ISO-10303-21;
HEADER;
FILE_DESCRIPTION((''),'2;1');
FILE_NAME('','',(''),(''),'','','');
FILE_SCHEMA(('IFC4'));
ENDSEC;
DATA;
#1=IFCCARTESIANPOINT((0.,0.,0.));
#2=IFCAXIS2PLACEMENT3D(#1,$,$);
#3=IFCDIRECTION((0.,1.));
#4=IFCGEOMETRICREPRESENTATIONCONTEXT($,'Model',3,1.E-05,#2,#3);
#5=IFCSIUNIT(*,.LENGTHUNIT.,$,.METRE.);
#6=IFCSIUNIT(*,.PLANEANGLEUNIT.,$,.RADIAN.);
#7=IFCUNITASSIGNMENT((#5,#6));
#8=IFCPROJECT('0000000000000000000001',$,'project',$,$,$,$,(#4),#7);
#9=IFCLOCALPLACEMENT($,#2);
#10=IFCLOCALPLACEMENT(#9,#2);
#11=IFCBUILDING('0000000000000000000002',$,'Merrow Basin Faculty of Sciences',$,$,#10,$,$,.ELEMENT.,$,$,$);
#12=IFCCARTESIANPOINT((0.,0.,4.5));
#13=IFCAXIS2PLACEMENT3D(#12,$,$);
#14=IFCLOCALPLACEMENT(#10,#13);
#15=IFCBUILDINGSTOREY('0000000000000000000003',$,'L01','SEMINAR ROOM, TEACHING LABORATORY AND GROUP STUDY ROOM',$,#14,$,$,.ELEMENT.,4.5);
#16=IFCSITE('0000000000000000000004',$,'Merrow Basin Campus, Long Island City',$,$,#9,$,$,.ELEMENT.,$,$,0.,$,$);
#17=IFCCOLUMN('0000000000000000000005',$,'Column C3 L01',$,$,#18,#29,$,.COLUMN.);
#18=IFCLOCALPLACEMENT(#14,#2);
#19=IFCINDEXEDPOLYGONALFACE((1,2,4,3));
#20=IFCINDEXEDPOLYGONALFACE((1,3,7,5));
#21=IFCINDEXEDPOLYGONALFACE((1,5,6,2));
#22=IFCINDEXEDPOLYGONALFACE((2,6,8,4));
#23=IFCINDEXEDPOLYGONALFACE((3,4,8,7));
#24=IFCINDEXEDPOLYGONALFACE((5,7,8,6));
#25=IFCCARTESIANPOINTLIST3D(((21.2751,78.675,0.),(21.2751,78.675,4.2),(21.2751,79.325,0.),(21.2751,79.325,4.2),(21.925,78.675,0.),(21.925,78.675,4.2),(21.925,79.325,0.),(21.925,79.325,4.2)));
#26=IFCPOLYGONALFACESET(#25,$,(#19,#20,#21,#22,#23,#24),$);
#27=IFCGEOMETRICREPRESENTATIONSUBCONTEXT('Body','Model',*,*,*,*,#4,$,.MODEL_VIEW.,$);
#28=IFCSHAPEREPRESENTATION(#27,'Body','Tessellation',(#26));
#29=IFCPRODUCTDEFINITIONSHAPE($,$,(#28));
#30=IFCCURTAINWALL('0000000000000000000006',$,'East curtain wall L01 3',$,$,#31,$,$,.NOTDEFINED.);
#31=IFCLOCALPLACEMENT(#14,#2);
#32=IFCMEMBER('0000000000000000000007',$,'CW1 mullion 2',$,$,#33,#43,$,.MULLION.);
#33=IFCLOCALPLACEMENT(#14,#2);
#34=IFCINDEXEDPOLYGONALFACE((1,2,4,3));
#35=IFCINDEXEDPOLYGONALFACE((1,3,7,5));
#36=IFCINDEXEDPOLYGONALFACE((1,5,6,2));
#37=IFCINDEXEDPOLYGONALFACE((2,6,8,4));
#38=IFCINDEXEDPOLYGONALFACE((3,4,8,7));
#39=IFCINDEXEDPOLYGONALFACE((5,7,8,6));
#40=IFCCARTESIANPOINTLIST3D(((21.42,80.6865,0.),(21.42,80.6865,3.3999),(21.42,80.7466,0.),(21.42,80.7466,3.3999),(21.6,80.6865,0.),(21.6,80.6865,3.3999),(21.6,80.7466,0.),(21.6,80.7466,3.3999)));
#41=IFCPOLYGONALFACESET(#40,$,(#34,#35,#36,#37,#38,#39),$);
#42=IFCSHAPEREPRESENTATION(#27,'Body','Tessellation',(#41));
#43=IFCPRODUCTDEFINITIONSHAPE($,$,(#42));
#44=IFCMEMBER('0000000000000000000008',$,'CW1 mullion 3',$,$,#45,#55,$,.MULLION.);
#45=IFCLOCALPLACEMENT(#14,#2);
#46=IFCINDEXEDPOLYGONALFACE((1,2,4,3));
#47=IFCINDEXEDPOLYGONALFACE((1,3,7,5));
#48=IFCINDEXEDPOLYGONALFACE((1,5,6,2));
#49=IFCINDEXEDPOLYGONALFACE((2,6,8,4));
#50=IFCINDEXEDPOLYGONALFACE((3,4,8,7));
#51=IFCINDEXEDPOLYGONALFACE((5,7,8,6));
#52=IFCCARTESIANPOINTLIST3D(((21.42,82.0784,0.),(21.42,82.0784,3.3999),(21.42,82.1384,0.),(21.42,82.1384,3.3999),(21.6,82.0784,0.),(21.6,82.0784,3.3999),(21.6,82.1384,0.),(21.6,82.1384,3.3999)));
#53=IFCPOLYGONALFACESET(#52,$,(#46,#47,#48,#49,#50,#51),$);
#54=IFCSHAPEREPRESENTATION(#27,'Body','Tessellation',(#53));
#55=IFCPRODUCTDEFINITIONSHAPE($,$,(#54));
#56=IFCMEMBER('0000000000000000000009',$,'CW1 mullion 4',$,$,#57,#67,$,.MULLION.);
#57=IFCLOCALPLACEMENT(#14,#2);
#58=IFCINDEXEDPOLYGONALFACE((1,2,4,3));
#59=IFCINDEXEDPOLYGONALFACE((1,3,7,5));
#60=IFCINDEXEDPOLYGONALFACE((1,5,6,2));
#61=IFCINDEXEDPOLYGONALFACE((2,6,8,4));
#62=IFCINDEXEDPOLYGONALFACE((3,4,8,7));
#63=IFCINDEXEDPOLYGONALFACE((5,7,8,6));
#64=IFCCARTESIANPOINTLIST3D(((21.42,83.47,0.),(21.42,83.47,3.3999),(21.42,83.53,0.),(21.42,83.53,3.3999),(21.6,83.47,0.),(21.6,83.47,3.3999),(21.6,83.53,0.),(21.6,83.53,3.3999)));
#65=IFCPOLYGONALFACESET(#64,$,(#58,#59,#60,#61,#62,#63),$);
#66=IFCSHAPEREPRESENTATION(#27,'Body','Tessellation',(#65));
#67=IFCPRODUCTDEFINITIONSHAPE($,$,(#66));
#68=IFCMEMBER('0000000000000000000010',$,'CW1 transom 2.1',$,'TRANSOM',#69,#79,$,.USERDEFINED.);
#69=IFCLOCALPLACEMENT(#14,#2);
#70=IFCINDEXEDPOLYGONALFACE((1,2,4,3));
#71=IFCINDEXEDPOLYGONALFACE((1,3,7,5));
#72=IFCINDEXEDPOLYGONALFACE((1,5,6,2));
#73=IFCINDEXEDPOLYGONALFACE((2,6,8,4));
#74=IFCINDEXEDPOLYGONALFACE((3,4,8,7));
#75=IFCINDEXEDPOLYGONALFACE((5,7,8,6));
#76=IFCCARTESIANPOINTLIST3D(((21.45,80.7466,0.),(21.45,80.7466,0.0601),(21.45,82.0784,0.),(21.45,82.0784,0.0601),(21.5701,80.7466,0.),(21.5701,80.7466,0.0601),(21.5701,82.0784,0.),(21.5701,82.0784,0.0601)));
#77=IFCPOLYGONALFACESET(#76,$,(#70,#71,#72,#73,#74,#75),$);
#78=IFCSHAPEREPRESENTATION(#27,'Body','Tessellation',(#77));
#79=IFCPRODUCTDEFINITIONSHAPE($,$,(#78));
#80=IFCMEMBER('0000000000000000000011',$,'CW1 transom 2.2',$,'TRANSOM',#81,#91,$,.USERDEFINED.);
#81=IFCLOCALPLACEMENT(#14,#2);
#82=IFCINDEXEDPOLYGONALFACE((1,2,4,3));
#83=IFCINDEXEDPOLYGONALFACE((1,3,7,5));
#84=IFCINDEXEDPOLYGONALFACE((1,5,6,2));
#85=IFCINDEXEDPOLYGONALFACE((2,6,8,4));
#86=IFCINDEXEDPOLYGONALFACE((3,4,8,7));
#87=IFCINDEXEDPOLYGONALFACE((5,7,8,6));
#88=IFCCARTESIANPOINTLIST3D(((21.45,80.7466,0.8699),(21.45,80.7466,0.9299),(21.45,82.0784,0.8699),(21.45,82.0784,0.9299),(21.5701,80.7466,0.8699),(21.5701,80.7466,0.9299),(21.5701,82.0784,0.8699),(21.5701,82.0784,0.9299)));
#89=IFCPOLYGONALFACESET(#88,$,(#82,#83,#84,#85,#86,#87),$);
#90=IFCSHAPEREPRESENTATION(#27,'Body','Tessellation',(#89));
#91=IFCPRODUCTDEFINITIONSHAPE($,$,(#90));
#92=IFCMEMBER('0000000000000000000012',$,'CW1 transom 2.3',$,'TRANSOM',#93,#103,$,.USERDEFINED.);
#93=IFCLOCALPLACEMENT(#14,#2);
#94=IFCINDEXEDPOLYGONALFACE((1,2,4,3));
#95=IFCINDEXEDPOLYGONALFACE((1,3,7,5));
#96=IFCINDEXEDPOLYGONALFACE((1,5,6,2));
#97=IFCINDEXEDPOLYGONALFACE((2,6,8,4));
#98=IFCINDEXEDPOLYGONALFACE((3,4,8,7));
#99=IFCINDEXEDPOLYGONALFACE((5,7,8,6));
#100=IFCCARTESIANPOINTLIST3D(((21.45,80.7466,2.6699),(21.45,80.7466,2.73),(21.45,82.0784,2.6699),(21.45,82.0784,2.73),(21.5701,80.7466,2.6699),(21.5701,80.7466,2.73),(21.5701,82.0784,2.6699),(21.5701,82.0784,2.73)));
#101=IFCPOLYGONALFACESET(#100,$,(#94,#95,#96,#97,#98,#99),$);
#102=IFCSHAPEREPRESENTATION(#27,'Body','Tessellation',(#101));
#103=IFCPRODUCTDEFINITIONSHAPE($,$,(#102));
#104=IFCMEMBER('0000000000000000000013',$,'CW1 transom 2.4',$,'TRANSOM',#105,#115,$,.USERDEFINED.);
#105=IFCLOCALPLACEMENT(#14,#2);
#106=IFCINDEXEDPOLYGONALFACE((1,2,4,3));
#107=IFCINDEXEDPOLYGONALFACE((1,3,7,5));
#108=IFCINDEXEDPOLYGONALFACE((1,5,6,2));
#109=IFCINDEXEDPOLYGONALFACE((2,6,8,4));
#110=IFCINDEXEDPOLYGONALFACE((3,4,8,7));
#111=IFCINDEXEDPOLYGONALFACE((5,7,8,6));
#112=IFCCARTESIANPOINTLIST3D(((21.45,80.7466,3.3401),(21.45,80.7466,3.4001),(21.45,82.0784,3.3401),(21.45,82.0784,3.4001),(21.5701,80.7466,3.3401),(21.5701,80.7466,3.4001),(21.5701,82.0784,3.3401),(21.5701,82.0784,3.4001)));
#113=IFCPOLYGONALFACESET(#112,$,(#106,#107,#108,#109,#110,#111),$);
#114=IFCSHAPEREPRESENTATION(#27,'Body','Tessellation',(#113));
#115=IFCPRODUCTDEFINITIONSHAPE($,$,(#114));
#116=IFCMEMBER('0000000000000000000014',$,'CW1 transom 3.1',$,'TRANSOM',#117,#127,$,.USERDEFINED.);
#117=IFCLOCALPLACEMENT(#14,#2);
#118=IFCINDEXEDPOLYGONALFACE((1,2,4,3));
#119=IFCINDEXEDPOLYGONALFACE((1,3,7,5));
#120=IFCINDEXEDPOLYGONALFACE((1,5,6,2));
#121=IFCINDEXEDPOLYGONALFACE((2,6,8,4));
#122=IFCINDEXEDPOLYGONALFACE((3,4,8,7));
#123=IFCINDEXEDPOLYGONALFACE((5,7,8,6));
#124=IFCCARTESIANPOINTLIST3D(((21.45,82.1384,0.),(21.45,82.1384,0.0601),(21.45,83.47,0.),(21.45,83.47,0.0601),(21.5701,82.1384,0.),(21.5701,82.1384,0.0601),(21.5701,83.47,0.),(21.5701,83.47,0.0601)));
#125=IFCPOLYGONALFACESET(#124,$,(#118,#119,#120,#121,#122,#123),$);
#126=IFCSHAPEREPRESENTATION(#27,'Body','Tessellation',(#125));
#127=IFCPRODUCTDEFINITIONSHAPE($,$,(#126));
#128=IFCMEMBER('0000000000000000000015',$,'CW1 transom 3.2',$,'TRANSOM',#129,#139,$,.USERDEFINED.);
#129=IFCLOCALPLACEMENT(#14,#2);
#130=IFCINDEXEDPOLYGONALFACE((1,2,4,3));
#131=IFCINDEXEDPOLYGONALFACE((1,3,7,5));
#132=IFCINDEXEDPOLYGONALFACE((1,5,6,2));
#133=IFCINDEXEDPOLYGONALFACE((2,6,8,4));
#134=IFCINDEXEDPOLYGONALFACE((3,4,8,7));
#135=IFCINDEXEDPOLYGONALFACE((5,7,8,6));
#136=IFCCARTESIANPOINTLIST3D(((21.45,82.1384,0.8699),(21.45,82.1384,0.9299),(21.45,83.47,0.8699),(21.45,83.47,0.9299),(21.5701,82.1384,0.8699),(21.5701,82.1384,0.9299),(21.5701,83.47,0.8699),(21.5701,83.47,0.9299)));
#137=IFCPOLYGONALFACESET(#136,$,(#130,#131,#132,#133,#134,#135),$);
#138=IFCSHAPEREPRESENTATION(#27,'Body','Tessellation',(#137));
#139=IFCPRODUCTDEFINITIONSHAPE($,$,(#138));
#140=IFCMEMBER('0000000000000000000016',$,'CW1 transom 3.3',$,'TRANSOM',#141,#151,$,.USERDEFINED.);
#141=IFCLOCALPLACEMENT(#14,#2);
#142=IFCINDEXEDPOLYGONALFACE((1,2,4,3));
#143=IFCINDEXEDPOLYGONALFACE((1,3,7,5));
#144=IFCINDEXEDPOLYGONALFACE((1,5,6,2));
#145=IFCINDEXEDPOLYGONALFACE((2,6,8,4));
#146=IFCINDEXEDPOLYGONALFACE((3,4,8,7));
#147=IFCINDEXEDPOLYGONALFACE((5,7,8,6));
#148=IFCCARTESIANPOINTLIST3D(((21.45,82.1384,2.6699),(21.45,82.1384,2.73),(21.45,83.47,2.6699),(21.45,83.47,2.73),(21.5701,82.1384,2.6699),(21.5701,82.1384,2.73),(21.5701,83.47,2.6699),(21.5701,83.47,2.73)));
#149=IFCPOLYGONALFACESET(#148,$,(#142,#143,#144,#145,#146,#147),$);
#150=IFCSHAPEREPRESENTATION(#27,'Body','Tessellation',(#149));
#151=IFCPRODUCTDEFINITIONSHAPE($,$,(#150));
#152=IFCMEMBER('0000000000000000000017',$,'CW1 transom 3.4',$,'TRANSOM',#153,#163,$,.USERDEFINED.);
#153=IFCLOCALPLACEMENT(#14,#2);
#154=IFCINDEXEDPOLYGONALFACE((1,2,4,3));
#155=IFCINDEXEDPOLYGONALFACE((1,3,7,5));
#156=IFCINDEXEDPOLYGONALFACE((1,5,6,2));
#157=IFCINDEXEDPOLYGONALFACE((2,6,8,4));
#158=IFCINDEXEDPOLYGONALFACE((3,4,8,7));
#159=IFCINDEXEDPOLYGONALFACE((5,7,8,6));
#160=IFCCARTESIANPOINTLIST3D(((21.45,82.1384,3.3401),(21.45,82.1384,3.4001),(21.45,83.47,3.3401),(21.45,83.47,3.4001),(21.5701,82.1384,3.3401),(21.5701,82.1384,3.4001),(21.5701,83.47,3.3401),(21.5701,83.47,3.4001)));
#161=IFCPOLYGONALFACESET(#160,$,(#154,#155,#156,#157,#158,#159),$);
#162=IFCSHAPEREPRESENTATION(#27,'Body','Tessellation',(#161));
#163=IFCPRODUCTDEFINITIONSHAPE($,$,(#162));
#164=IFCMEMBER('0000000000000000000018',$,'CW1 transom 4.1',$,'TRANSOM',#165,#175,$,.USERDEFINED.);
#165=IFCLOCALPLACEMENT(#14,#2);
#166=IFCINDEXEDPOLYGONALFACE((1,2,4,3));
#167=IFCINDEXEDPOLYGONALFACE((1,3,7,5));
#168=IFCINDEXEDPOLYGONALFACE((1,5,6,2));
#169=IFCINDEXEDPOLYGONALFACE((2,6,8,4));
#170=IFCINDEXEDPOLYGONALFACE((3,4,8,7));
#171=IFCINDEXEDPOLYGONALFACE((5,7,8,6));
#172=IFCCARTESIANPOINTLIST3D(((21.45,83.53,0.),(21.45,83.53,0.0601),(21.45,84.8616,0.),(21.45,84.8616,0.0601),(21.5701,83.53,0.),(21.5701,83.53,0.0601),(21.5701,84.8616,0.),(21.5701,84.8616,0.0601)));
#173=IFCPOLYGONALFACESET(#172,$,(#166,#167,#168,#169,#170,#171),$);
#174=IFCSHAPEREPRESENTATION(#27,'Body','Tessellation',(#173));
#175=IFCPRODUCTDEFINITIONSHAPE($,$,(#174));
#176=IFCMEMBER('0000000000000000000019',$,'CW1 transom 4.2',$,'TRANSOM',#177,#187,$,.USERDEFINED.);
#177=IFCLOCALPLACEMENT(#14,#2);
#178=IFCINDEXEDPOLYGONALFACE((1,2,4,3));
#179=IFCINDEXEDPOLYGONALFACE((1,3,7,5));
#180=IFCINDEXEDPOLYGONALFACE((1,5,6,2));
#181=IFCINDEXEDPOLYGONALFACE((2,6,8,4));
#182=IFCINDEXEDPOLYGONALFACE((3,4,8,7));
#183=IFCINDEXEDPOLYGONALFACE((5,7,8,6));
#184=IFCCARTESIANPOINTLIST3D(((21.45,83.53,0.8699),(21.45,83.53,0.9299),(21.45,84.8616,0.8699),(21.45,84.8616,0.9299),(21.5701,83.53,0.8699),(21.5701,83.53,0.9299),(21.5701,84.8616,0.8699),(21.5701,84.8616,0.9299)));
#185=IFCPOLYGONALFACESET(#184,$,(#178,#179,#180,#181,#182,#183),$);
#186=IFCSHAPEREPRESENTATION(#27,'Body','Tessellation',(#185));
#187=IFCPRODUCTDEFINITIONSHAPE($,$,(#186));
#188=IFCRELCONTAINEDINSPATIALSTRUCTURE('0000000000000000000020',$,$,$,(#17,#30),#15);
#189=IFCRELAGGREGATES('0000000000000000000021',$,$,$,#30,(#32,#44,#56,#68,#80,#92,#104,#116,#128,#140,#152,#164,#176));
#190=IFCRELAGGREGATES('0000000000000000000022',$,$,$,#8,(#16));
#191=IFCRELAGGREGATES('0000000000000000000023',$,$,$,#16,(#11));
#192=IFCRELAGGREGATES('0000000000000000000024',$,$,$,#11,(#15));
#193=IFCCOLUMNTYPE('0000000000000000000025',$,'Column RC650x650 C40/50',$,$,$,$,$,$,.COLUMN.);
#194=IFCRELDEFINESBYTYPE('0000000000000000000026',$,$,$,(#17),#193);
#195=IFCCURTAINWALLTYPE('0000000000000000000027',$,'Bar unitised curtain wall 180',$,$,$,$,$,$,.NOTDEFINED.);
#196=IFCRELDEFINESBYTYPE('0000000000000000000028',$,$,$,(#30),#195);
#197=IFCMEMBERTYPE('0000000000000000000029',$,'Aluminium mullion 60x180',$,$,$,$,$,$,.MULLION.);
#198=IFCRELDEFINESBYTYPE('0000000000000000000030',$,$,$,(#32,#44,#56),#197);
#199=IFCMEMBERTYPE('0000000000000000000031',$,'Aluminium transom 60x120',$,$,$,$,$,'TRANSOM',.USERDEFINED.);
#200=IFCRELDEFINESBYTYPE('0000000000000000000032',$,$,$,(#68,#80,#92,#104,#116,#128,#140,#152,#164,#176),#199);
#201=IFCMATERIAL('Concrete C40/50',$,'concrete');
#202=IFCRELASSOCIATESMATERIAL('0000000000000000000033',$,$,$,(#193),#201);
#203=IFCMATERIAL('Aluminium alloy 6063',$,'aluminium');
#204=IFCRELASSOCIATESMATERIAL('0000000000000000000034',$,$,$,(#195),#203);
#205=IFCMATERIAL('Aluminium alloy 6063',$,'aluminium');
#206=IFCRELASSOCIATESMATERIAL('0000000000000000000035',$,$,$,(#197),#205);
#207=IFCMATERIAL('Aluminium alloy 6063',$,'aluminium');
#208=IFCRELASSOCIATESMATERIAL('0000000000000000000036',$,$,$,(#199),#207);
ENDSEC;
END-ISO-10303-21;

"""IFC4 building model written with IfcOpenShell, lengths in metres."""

from ifc_helpers import new_model, si_unit, direction, frame, origin, origin_2d, place, context, subcontext, project, spatial, rectangle, extrude, material, material_profile, profile_set, type_object, element, aggregate, save


model = new_model("IFC4")

# Units and contexts
model_context = context("Model", 3, precision=1e-05, world=origin(), true_north=direction((0.0, 1.0)))
body_context = subcontext(model_context, "Body", "Model", "MODEL_VIEW")
ifc_project = project(units=[si_unit("LENGTHUNIT", "METRE"), si_unit("PLANEANGLEUNIT", "RADIAN")], contexts=[model_context])

# Site, building, storey
site_placement = place(None, origin())
site = spatial("IfcSite", under=ifc_project, at=site_placement, Name="Merrow Basin Campus, Long Island City", CompositionType="ELEMENT", RefElevation=0.0)
building_placement = place(site_placement, origin())
building = spatial("IfcBuilding", under=site, at=building_placement, Name="Merrow Basin Faculty of Sciences", CompositionType="ELEMENT")
storey_placement = place(building_placement, frame((0.0, 0.0, 4.5)))
storey = spatial("IfcBuildingStorey", under=building, at=storey_placement, Name="L01", Description="SEMINAR ROOM, TEACHING LABORATORY AND GROUP STUDY ROOM", CompositionType="ELEMENT", Elevation=4.5)

# Column
ifc_material_1 = material(Name="Concrete C40/50", Category="concrete")
ifc_material_profile_1 = material_profile(ifc_material_1, rectangle(XDim=0.6499, YDim=0.6499, at=origin_2d()))
ifc_profile_set_1 = profile_set([ifc_material_profile_1], Name="Concrete C40/50")
column_type = type_object("IfcColumnType", Name="Column RC650x650 C40/50", PredefinedType="COLUMN", material=ifc_profile_set_1)
column_placement = place(storey_placement, frame((21.6001, 79.0, 0.0), z_axis=(0.0, 0.0, 1.0), x_axis=(1.0, 0.0, 0.0)))
element("IfcColumn", 1, at=column_placement, inside=storey, type_object=column_type, Name="Column C3 L01", PredefinedType="COLUMN", context=body_context, shape_type="SweptSolid", body=[
    extrude(rectangle(XDim=0.6499, YDim=0.6499, at=origin_2d()), origin(), (0.0, 0.0, 1.0), 4.2),
])

# Curtain wall, members
ifc_material_2 = material(Name="Aluminium alloy 6063", Category="aluminium")
curtain_wall_type = type_object("IfcCurtainWallType", Name="Bar unitised curtain wall 180", PredefinedType="NOTDEFINED", material=ifc_material_2)
curtain_wall_placement = place(storey_placement, origin())
curtain_wall = element("IfcCurtainWall", 2, at=curtain_wall_placement, inside=storey, type_object=curtain_wall_type, Name="East curtain wall L01 3", PredefinedType="NOTDEFINED")
ifc_material_3 = material(Name="Aluminium alloy 6063", Category="aluminium")
ifc_material_profile_2 = material_profile(ifc_material_3, rectangle(XDim=0.1799, YDim=0.0601, at=origin_2d()))
ifc_profile_set_2 = profile_set([ifc_material_profile_2], Name="Aluminium alloy 6063")
member_type_1 = type_object("IfcMemberType", Name="Aluminium mullion 60x180", PredefinedType="MULLION", material=ifc_profile_set_2)
member_1_placement = place(storey_placement, frame((21.51, 80.7166, 0.0), z_axis=(0.0, 0.0, 1.0), x_axis=(-1.0, 0.0, 0.0)))
member_1 = element("IfcMember", 3, at=member_1_placement, type_object=member_type_1, Name="CW1 mullion 2", PredefinedType="MULLION", context=body_context, shape_type="SweptSolid", body=[
    extrude(rectangle(XDim=0.1799, YDim=0.0601, at=origin_2d()), origin(), (0.0, 0.0, 1.0), 3.3999),
])
member_2_placement = place(storey_placement, frame((21.51, 82.1084, 0.0), z_axis=(0.0, 0.0, 1.0), x_axis=(-1.0, 0.0, 0.0)))
member_2 = element("IfcMember", 4, at=member_2_placement, type_object=member_type_1, Name="CW1 mullion 3", PredefinedType="MULLION", context=body_context, shape_type="SweptSolid", body=[
    extrude(rectangle(XDim=0.1799, YDim=0.0601, at=origin_2d()), origin(), (0.0, 0.0, 1.0), 3.3999),
])
member_3_placement = place(storey_placement, frame((21.51, 83.5, 0.0), z_axis=(0.0, 0.0, 1.0), x_axis=(-1.0, 0.0, 0.0)))
member_3 = element("IfcMember", 5, at=member_3_placement, type_object=member_type_1, Name="CW1 mullion 4", PredefinedType="MULLION", context=body_context, shape_type="SweptSolid", body=[
    extrude(rectangle(XDim=0.1799, YDim=0.0601, at=origin_2d()), origin(), (0.0, 0.0, 1.0), 3.3999),
])
ifc_material_4 = material(Name="Aluminium alloy 6063", Category="aluminium")
ifc_material_profile_3 = material_profile(ifc_material_4, rectangle(XDim=0.1201, YDim=0.0601, at=origin_2d()))
ifc_profile_set_3 = profile_set([ifc_material_profile_3], Name="Aluminium alloy 6063")
member_type_2 = type_object("IfcMemberType", Name="Aluminium transom 60x120", ElementType="TRANSOM", PredefinedType="USERDEFINED", material=ifc_profile_set_3)
member_4_placement = place(storey_placement, frame((21.51, 80.7466, 0.03), z_axis=(0.0, 1.0, 0.0), x_axis=(-1.0, 0.0, 0.0)))
member_4 = element("IfcMember", 6, at=member_4_placement, type_object=member_type_2, Name="CW1 transom 2.1", ObjectType="TRANSOM", PredefinedType="USERDEFINED", context=body_context, shape_type="SweptSolid", body=[
    extrude(rectangle(XDim=0.1201, YDim=0.0601, at=origin_2d()), origin(), (0.0, 0.0, 1.0), 1.3318),
])
member_5_placement = place(storey_placement, frame((21.51, 80.7466, 0.8999), z_axis=(0.0, 1.0, 0.0), x_axis=(-1.0, 0.0, 0.0)))
member_5 = element("IfcMember", 7, at=member_5_placement, type_object=member_type_2, Name="CW1 transom 2.2", ObjectType="TRANSOM", PredefinedType="USERDEFINED", context=body_context, shape_type="SweptSolid", body=[
    extrude(rectangle(XDim=0.1201, YDim=0.0601, at=origin_2d()), origin(), (0.0, 0.0, 1.0), 1.3318),
])
member_6_placement = place(storey_placement, frame((21.51, 80.7466, 2.7), z_axis=(0.0, 1.0, 0.0), x_axis=(-1.0, 0.0, 0.0)))
member_6 = element("IfcMember", 8, at=member_6_placement, type_object=member_type_2, Name="CW1 transom 2.3", ObjectType="TRANSOM", PredefinedType="USERDEFINED", context=body_context, shape_type="SweptSolid", body=[
    extrude(rectangle(XDim=0.1201, YDim=0.0601, at=origin_2d()), origin(), (0.0, 0.0, 1.0), 1.3318),
])
member_7_placement = place(storey_placement, frame((21.51, 80.7466, 3.3701), z_axis=(0.0, 1.0, 0.0), x_axis=(-1.0, 0.0, 0.0)))
member_7 = element("IfcMember", 9, at=member_7_placement, type_object=member_type_2, Name="CW1 transom 2.4", ObjectType="TRANSOM", PredefinedType="USERDEFINED", context=body_context, shape_type="SweptSolid", body=[
    extrude(rectangle(XDim=0.1201, YDim=0.0601, at=origin_2d()), origin(), (0.0, 0.0, 1.0), 1.3318),
])
member_8_placement = place(storey_placement, frame((21.51, 82.1384, 0.03), z_axis=(0.0, 1.0, 0.0), x_axis=(-1.0, 0.0, 0.0)))
member_8 = element("IfcMember", 10, at=member_8_placement, type_object=member_type_2, Name="CW1 transom 3.1", ObjectType="TRANSOM", PredefinedType="USERDEFINED", context=body_context, shape_type="SweptSolid", body=[
    extrude(rectangle(XDim=0.1201, YDim=0.0601, at=origin_2d()), origin(), (0.0, 0.0, 1.0), 1.3315),
])
member_9_placement = place(storey_placement, frame((21.51, 82.1384, 0.8999), z_axis=(0.0, 1.0, 0.0), x_axis=(-1.0, 0.0, 0.0)))
member_9 = element("IfcMember", 11, at=member_9_placement, type_object=member_type_2, Name="CW1 transom 3.2", ObjectType="TRANSOM", PredefinedType="USERDEFINED", context=body_context, shape_type="SweptSolid", body=[
    extrude(rectangle(XDim=0.1201, YDim=0.0601, at=origin_2d()), origin(), (0.0, 0.0, 1.0), 1.3315),
])
member_10_placement = place(storey_placement, frame((21.51, 82.1384, 2.7), z_axis=(0.0, 1.0, 0.0), x_axis=(-1.0, 0.0, 0.0)))
member_10 = element("IfcMember", 12, at=member_10_placement, type_object=member_type_2, Name="CW1 transom 3.3", ObjectType="TRANSOM", PredefinedType="USERDEFINED", context=body_context, shape_type="SweptSolid", body=[
    extrude(rectangle(XDim=0.1201, YDim=0.0601, at=origin_2d()), origin(), (0.0, 0.0, 1.0), 1.3315),
])
member_11_placement = place(storey_placement, frame((21.51, 82.1384, 3.3701), z_axis=(0.0, 1.0, 0.0), x_axis=(-1.0, 0.0, 0.0)))
member_11 = element("IfcMember", 13, at=member_11_placement, type_object=member_type_2, Name="CW1 transom 3.4", ObjectType="TRANSOM", PredefinedType="USERDEFINED", context=body_context, shape_type="SweptSolid", body=[
    extrude(rectangle(XDim=0.1201, YDim=0.0601, at=origin_2d()), origin(), (0.0, 0.0, 1.0), 1.3315),
])
member_12_placement = place(storey_placement, frame((21.51, 83.53, 0.03), z_axis=(0.0, 1.0, 0.0), x_axis=(-1.0, 0.0, 0.0)))
member_12 = element("IfcMember", 14, at=member_12_placement, type_object=member_type_2, Name="CW1 transom 4.1", ObjectType="TRANSOM", PredefinedType="USERDEFINED", context=body_context, shape_type="SweptSolid", body=[
    extrude(rectangle(XDim=0.1201, YDim=0.0601, at=origin_2d()), origin(), (0.0, 0.0, 1.0), 1.3315),
])
member_13_placement = place(storey_placement, frame((21.51, 83.53, 0.8999), z_axis=(0.0, 1.0, 0.0), x_axis=(-1.0, 0.0, 0.0)))
member_13 = element("IfcMember", 15, at=member_13_placement, type_object=member_type_2, Name="CW1 transom 4.2", ObjectType="TRANSOM", PredefinedType="USERDEFINED", context=body_context, shape_type="SweptSolid", body=[
    extrude(rectangle(XDim=0.1201, YDim=0.0601, at=origin_2d()), origin(), (0.0, 0.0, 1.0), 1.3315),
])

aggregate(curtain_wall, [member_1, member_2, member_3, member_4, member_5, member_6, member_7, member_8, member_9, member_10, member_11, member_12, member_13])

save(model, "model.ifc")
